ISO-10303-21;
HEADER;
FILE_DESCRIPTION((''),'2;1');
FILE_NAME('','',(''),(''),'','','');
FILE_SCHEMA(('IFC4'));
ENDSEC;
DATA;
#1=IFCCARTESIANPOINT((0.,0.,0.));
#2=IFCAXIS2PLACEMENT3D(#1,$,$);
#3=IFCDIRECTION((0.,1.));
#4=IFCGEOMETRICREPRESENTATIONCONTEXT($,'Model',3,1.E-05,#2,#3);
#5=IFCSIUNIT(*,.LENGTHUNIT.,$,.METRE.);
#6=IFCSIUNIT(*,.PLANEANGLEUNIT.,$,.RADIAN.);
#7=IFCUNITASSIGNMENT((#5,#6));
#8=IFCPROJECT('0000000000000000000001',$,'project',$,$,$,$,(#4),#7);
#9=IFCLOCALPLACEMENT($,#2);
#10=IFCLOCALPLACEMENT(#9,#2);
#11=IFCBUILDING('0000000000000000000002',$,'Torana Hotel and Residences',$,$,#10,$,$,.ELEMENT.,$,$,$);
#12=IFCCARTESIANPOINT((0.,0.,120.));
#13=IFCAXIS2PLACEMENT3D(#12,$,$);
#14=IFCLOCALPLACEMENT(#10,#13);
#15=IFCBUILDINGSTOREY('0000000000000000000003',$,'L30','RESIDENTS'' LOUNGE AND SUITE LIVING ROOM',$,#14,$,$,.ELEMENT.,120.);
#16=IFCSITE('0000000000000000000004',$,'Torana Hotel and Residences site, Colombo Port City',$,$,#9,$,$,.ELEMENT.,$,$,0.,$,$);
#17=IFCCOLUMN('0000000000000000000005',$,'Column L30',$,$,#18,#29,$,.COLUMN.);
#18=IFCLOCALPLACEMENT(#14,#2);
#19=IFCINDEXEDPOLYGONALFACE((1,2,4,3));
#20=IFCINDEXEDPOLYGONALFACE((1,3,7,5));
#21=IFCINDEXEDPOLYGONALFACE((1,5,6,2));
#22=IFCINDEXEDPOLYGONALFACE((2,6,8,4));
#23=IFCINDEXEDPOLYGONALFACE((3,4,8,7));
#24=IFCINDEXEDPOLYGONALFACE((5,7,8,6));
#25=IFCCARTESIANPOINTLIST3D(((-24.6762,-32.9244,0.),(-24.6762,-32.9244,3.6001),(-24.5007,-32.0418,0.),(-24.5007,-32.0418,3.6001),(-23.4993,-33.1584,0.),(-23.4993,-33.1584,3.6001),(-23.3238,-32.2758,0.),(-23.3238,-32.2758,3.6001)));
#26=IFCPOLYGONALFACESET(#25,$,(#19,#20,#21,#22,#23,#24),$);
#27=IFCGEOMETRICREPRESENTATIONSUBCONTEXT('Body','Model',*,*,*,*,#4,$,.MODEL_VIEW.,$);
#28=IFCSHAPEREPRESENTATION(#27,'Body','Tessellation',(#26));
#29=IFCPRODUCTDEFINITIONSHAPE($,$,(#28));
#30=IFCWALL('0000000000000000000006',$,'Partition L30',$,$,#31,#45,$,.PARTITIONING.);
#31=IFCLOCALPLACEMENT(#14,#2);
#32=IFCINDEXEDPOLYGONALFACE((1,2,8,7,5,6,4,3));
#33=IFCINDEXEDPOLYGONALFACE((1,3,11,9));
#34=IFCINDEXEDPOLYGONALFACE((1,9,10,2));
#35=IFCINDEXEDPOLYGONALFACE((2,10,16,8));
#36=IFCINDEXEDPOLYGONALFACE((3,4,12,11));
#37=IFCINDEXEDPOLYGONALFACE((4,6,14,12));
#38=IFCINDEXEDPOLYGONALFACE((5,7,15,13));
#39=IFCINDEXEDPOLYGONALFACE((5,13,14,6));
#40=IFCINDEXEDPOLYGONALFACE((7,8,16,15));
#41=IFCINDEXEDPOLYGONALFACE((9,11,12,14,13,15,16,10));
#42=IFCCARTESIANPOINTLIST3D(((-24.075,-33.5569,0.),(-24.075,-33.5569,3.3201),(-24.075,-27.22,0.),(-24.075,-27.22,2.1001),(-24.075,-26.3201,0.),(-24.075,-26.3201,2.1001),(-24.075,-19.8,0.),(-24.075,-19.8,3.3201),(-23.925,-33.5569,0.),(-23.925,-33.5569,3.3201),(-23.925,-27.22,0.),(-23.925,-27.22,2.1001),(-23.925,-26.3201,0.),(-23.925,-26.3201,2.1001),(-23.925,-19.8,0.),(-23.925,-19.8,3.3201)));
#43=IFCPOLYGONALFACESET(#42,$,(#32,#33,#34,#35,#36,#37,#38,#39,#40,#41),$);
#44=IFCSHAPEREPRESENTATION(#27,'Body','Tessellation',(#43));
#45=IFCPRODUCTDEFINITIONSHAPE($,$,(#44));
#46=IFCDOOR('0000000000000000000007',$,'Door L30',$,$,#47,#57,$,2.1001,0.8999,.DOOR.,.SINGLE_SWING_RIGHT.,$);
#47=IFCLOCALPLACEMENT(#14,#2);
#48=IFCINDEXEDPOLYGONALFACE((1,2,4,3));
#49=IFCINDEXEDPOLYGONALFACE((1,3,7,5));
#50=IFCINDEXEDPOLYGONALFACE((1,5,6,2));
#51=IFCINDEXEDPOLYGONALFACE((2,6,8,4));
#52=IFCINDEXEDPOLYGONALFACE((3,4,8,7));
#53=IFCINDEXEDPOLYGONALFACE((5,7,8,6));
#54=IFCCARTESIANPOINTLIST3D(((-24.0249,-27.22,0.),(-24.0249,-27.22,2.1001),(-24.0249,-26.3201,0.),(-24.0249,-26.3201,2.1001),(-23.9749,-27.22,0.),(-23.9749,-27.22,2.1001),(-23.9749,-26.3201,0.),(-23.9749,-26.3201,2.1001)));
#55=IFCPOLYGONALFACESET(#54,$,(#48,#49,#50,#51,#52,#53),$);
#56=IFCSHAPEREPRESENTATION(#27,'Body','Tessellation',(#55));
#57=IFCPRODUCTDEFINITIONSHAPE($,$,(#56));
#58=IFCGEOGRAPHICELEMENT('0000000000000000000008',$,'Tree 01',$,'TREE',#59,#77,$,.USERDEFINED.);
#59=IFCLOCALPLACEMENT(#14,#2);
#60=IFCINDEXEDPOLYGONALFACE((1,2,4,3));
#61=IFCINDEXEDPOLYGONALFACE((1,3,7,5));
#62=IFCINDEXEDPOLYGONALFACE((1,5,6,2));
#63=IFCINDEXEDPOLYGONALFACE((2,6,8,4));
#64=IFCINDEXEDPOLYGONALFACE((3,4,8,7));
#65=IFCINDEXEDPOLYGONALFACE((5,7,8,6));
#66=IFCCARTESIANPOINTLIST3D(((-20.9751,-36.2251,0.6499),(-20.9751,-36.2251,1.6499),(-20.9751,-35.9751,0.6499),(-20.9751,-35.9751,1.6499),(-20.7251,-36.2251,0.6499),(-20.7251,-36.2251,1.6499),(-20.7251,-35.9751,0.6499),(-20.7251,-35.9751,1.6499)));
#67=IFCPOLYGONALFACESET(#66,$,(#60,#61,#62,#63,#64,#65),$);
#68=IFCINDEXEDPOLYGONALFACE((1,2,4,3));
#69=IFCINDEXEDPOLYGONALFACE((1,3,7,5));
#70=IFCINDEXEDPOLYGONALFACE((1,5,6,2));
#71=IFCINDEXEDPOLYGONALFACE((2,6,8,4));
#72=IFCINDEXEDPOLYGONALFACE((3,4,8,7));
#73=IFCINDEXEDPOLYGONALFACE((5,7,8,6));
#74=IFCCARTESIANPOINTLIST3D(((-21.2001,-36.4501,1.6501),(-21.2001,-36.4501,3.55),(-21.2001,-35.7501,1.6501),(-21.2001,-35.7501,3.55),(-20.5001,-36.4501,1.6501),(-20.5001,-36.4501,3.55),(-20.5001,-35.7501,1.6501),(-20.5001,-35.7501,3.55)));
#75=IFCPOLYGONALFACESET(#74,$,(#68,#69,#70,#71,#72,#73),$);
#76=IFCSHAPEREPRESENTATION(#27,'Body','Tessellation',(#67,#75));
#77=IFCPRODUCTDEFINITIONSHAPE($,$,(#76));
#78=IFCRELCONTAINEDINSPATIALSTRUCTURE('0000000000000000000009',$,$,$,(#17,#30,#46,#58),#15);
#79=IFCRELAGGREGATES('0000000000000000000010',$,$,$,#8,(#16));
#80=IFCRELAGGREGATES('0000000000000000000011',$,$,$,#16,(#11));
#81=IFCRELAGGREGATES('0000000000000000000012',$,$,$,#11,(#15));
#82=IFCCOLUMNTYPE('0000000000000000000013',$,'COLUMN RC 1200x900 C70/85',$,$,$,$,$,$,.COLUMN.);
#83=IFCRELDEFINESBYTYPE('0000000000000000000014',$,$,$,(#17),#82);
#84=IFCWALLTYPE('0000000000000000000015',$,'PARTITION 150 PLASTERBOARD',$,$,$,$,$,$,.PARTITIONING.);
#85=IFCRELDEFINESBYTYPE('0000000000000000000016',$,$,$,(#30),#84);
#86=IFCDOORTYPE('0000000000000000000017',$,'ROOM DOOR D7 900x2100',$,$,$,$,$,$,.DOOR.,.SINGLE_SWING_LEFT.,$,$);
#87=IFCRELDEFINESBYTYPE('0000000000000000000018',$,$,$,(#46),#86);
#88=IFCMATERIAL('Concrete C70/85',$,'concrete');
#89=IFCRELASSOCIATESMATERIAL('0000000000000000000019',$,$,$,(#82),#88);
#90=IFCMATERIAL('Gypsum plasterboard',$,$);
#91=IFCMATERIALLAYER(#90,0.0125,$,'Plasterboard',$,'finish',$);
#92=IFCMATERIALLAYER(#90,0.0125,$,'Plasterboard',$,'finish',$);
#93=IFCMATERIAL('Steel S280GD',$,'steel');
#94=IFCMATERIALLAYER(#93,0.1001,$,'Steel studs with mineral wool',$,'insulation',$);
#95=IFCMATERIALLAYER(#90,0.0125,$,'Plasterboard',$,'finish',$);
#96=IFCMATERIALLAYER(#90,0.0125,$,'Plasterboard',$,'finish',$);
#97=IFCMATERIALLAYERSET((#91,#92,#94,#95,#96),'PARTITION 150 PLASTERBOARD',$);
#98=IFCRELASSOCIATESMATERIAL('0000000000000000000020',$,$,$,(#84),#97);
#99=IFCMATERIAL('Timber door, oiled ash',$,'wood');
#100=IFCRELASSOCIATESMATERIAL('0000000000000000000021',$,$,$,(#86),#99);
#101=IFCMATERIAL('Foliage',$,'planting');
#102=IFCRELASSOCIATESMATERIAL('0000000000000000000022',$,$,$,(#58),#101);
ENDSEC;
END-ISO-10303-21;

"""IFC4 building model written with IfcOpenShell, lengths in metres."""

from ifc_helpers import new_model, si_unit, direction, frame, frame_2d, origin, origin_2d, place, context, subcontext, project, spatial, rectangle, extrude, material, layer, layer_set, material_profile, profile_set, type_object, element, fill, save


model = new_model("IFC4")

# Units and contexts
model_context = context("Model", 3, precision=1e-05, world=origin(), true_north=direction((0.0, 1.0)))
body_context = subcontext(model_context, "Body", "Model", "MODEL_VIEW")
ifc_project = project(units=[si_unit("LENGTHUNIT", "METRE"), si_unit("PLANEANGLEUNIT", "RADIAN")], contexts=[model_context])

# Site, building, storey
site_placement = place(None, origin())
site = spatial("IfcSite", under=ifc_project, at=site_placement, Name="Torana Hotel and Residences site, Colombo Port City", CompositionType="ELEMENT", RefElevation=0.0)
building_placement = place(site_placement, origin())
building = spatial("IfcBuilding", under=site, at=building_placement, Name="Torana Hotel and Residences", CompositionType="ELEMENT")
storey_placement = place(building_placement, frame((0.0, 0.0, 120.0)))
storey = spatial("IfcBuildingStorey", under=building, at=storey_placement, Name="L30", Description="RESIDENTS' LOUNGE AND SUITE LIVING ROOM", CompositionType="ELEMENT", Elevation=120.0)

# Column
ifc_material_1 = material(Name="Concrete C70/85", Category="concrete")
ifc_material_profile = material_profile(ifc_material_1, rectangle(XDim=1.2, YDim=0.8999, at=origin_2d()), Name="RC 1200x900")
ifc_profile_set = profile_set([ifc_material_profile], Name="Concrete C70/85")
column_type = type_object("IfcColumnType", Name="COLUMN RC 1200x900 C70/85", PredefinedType="COLUMN", material=ifc_profile_set)
column_placement = place(storey_placement, frame((-24.0, -32.6001, 0.0), z_axis=(0.0, 0.0, 1.0), x_axis=(-0.980792, 0.195056, 0.0)))
element("IfcColumn", 1, at=column_placement, inside=storey, type_object=column_type, Name="Column L30", PredefinedType="COLUMN", context=body_context, shape_type="SweptSolid", body=[
    extrude(rectangle(XDim=1.2, YDim=0.8999, at=origin_2d()), origin(), (0.0, 0.0, 1.0), 3.6001),
])

# Shared definitions
ifc_material_2 = material(Name="Steel S280GD", Category="steel")

# Wall, opening, door
ifc_material_3 = material(Name="Gypsum plasterboard")
ifc_layer_1 = layer(ifc_material_3, 0.0125, Name="Plasterboard", Category="finish")
ifc_layer_2 = layer(ifc_material_3, 0.0125, Name="Plasterboard", Category="finish")
ifc_layer_3 = layer(ifc_material_2, 0.1001, Name="Steel studs with mineral wool", Category="insulation")
ifc_layer_4 = layer(ifc_material_3, 0.0125, Name="Plasterboard", Category="finish")
ifc_layer_5 = layer(ifc_material_3, 0.0125, Name="Plasterboard", Category="finish")
ifc_layer_set_1 = layer_set([ifc_layer_1, ifc_layer_2, ifc_layer_3, ifc_layer_4, ifc_layer_5], Name="PARTITION 150 PLASTERBOARD")
wall_type_1 = type_object("IfcWallType", Name="PARTITION 150 PLASTERBOARD", PredefinedType="PARTITIONING", material=ifc_layer_set_1)
wall_1_placement = place(storey_placement, frame((-24.0, -33.5569, 0.0), z_axis=(0.0, 0.0, 1.0), x_axis=(0.0, 1.0, 0.0)))
wall_1 = element("IfcWall", 2, at=wall_1_placement, inside=storey, type_object=wall_type_1, Name="Partition L30", PredefinedType="PARTITIONING", context=body_context, shape_type="SweptSolid", body=[
    extrude(rectangle(XDim=13.7568, YDim=0.1499, at=frame_2d((6.8784, 0.0))), origin(), (0.0, 0.0, 1.0), 3.3201),
])
opening_1_placement = place(wall_1_placement, frame((6.3369, 0.0, 0.0)))
opening_1 = element("IfcOpeningElement", 3, at=opening_1_placement, cuts=wall_1, PredefinedType="OPENING", context=body_context, shape_type="SweptSolid", body=[
    extrude(rectangle(XDim=0.8999, YDim=2.1001, at=frame_2d((0.45, 1.05))), frame((0.0, 0.085, 0.0), z_axis=(0.0, -1.0, 0.0), x_axis=(1.0, 0.0, 0.0)), (0.0, 0.0, 1.0), 0.1699),
])
ifc_material_4 = material(Name="Timber door, oiled ash", Category="wood")
door_type_1 = type_object("IfcDoorType", Name="ROOM DOOR D7 900x2100", OperationType="SINGLE_SWING_LEFT", PredefinedType="DOOR", material=ifc_material_4)
door_1_placement = place(opening_1_placement, origin())
door_1 = element("IfcDoor", 4, at=door_1_placement, inside=storey, type_object=door_type_1, Name="Door L30", OperationType="SINGLE_SWING_RIGHT", OverallHeight=2.1001, OverallWidth=0.8999, PredefinedType="DOOR", context=body_context, shape_type="SweptSolid", body=[
    extrude(rectangle(XDim=0.8999, YDim=2.1001, at=frame_2d((0.45, 1.05))), frame((0.0, 0.0249, 0.0), z_axis=(0.0, -1.0, 0.0), x_axis=(1.0, 0.0, 0.0)), (0.0, 0.0, 1.0), 0.05),
])
fill(opening_1, door_1)

# Geographic element
ifc_material_5 = material(Name="Foliage", Category="planting")
geographic_element_placement = place(storey_placement, frame((-20.8501, -36.1001, 0.6499), z_axis=(0.0, 0.0, 1.0), x_axis=(1.0, 0.0, 0.0)))
element("IfcGeographicElement", 5, at=geographic_element_placement, inside=storey, material=ifc_material_5, Name="Tree 01", ObjectType="TREE", PredefinedType="USERDEFINED", context=body_context, shape_type="SweptSolid", body=[
    extrude(rectangle(XDim=0.25, YDim=0.25, at=origin_2d()), origin(), (0.0, 0.0, 1.0), 1.0),
    extrude(rectangle(XDim=0.7, YDim=0.7, at=origin_2d()), frame((0.0, 0.0, 1.0002)), (0.0, 0.0, 1.0), 1.8999),
])

save(model, "model.ifc")
